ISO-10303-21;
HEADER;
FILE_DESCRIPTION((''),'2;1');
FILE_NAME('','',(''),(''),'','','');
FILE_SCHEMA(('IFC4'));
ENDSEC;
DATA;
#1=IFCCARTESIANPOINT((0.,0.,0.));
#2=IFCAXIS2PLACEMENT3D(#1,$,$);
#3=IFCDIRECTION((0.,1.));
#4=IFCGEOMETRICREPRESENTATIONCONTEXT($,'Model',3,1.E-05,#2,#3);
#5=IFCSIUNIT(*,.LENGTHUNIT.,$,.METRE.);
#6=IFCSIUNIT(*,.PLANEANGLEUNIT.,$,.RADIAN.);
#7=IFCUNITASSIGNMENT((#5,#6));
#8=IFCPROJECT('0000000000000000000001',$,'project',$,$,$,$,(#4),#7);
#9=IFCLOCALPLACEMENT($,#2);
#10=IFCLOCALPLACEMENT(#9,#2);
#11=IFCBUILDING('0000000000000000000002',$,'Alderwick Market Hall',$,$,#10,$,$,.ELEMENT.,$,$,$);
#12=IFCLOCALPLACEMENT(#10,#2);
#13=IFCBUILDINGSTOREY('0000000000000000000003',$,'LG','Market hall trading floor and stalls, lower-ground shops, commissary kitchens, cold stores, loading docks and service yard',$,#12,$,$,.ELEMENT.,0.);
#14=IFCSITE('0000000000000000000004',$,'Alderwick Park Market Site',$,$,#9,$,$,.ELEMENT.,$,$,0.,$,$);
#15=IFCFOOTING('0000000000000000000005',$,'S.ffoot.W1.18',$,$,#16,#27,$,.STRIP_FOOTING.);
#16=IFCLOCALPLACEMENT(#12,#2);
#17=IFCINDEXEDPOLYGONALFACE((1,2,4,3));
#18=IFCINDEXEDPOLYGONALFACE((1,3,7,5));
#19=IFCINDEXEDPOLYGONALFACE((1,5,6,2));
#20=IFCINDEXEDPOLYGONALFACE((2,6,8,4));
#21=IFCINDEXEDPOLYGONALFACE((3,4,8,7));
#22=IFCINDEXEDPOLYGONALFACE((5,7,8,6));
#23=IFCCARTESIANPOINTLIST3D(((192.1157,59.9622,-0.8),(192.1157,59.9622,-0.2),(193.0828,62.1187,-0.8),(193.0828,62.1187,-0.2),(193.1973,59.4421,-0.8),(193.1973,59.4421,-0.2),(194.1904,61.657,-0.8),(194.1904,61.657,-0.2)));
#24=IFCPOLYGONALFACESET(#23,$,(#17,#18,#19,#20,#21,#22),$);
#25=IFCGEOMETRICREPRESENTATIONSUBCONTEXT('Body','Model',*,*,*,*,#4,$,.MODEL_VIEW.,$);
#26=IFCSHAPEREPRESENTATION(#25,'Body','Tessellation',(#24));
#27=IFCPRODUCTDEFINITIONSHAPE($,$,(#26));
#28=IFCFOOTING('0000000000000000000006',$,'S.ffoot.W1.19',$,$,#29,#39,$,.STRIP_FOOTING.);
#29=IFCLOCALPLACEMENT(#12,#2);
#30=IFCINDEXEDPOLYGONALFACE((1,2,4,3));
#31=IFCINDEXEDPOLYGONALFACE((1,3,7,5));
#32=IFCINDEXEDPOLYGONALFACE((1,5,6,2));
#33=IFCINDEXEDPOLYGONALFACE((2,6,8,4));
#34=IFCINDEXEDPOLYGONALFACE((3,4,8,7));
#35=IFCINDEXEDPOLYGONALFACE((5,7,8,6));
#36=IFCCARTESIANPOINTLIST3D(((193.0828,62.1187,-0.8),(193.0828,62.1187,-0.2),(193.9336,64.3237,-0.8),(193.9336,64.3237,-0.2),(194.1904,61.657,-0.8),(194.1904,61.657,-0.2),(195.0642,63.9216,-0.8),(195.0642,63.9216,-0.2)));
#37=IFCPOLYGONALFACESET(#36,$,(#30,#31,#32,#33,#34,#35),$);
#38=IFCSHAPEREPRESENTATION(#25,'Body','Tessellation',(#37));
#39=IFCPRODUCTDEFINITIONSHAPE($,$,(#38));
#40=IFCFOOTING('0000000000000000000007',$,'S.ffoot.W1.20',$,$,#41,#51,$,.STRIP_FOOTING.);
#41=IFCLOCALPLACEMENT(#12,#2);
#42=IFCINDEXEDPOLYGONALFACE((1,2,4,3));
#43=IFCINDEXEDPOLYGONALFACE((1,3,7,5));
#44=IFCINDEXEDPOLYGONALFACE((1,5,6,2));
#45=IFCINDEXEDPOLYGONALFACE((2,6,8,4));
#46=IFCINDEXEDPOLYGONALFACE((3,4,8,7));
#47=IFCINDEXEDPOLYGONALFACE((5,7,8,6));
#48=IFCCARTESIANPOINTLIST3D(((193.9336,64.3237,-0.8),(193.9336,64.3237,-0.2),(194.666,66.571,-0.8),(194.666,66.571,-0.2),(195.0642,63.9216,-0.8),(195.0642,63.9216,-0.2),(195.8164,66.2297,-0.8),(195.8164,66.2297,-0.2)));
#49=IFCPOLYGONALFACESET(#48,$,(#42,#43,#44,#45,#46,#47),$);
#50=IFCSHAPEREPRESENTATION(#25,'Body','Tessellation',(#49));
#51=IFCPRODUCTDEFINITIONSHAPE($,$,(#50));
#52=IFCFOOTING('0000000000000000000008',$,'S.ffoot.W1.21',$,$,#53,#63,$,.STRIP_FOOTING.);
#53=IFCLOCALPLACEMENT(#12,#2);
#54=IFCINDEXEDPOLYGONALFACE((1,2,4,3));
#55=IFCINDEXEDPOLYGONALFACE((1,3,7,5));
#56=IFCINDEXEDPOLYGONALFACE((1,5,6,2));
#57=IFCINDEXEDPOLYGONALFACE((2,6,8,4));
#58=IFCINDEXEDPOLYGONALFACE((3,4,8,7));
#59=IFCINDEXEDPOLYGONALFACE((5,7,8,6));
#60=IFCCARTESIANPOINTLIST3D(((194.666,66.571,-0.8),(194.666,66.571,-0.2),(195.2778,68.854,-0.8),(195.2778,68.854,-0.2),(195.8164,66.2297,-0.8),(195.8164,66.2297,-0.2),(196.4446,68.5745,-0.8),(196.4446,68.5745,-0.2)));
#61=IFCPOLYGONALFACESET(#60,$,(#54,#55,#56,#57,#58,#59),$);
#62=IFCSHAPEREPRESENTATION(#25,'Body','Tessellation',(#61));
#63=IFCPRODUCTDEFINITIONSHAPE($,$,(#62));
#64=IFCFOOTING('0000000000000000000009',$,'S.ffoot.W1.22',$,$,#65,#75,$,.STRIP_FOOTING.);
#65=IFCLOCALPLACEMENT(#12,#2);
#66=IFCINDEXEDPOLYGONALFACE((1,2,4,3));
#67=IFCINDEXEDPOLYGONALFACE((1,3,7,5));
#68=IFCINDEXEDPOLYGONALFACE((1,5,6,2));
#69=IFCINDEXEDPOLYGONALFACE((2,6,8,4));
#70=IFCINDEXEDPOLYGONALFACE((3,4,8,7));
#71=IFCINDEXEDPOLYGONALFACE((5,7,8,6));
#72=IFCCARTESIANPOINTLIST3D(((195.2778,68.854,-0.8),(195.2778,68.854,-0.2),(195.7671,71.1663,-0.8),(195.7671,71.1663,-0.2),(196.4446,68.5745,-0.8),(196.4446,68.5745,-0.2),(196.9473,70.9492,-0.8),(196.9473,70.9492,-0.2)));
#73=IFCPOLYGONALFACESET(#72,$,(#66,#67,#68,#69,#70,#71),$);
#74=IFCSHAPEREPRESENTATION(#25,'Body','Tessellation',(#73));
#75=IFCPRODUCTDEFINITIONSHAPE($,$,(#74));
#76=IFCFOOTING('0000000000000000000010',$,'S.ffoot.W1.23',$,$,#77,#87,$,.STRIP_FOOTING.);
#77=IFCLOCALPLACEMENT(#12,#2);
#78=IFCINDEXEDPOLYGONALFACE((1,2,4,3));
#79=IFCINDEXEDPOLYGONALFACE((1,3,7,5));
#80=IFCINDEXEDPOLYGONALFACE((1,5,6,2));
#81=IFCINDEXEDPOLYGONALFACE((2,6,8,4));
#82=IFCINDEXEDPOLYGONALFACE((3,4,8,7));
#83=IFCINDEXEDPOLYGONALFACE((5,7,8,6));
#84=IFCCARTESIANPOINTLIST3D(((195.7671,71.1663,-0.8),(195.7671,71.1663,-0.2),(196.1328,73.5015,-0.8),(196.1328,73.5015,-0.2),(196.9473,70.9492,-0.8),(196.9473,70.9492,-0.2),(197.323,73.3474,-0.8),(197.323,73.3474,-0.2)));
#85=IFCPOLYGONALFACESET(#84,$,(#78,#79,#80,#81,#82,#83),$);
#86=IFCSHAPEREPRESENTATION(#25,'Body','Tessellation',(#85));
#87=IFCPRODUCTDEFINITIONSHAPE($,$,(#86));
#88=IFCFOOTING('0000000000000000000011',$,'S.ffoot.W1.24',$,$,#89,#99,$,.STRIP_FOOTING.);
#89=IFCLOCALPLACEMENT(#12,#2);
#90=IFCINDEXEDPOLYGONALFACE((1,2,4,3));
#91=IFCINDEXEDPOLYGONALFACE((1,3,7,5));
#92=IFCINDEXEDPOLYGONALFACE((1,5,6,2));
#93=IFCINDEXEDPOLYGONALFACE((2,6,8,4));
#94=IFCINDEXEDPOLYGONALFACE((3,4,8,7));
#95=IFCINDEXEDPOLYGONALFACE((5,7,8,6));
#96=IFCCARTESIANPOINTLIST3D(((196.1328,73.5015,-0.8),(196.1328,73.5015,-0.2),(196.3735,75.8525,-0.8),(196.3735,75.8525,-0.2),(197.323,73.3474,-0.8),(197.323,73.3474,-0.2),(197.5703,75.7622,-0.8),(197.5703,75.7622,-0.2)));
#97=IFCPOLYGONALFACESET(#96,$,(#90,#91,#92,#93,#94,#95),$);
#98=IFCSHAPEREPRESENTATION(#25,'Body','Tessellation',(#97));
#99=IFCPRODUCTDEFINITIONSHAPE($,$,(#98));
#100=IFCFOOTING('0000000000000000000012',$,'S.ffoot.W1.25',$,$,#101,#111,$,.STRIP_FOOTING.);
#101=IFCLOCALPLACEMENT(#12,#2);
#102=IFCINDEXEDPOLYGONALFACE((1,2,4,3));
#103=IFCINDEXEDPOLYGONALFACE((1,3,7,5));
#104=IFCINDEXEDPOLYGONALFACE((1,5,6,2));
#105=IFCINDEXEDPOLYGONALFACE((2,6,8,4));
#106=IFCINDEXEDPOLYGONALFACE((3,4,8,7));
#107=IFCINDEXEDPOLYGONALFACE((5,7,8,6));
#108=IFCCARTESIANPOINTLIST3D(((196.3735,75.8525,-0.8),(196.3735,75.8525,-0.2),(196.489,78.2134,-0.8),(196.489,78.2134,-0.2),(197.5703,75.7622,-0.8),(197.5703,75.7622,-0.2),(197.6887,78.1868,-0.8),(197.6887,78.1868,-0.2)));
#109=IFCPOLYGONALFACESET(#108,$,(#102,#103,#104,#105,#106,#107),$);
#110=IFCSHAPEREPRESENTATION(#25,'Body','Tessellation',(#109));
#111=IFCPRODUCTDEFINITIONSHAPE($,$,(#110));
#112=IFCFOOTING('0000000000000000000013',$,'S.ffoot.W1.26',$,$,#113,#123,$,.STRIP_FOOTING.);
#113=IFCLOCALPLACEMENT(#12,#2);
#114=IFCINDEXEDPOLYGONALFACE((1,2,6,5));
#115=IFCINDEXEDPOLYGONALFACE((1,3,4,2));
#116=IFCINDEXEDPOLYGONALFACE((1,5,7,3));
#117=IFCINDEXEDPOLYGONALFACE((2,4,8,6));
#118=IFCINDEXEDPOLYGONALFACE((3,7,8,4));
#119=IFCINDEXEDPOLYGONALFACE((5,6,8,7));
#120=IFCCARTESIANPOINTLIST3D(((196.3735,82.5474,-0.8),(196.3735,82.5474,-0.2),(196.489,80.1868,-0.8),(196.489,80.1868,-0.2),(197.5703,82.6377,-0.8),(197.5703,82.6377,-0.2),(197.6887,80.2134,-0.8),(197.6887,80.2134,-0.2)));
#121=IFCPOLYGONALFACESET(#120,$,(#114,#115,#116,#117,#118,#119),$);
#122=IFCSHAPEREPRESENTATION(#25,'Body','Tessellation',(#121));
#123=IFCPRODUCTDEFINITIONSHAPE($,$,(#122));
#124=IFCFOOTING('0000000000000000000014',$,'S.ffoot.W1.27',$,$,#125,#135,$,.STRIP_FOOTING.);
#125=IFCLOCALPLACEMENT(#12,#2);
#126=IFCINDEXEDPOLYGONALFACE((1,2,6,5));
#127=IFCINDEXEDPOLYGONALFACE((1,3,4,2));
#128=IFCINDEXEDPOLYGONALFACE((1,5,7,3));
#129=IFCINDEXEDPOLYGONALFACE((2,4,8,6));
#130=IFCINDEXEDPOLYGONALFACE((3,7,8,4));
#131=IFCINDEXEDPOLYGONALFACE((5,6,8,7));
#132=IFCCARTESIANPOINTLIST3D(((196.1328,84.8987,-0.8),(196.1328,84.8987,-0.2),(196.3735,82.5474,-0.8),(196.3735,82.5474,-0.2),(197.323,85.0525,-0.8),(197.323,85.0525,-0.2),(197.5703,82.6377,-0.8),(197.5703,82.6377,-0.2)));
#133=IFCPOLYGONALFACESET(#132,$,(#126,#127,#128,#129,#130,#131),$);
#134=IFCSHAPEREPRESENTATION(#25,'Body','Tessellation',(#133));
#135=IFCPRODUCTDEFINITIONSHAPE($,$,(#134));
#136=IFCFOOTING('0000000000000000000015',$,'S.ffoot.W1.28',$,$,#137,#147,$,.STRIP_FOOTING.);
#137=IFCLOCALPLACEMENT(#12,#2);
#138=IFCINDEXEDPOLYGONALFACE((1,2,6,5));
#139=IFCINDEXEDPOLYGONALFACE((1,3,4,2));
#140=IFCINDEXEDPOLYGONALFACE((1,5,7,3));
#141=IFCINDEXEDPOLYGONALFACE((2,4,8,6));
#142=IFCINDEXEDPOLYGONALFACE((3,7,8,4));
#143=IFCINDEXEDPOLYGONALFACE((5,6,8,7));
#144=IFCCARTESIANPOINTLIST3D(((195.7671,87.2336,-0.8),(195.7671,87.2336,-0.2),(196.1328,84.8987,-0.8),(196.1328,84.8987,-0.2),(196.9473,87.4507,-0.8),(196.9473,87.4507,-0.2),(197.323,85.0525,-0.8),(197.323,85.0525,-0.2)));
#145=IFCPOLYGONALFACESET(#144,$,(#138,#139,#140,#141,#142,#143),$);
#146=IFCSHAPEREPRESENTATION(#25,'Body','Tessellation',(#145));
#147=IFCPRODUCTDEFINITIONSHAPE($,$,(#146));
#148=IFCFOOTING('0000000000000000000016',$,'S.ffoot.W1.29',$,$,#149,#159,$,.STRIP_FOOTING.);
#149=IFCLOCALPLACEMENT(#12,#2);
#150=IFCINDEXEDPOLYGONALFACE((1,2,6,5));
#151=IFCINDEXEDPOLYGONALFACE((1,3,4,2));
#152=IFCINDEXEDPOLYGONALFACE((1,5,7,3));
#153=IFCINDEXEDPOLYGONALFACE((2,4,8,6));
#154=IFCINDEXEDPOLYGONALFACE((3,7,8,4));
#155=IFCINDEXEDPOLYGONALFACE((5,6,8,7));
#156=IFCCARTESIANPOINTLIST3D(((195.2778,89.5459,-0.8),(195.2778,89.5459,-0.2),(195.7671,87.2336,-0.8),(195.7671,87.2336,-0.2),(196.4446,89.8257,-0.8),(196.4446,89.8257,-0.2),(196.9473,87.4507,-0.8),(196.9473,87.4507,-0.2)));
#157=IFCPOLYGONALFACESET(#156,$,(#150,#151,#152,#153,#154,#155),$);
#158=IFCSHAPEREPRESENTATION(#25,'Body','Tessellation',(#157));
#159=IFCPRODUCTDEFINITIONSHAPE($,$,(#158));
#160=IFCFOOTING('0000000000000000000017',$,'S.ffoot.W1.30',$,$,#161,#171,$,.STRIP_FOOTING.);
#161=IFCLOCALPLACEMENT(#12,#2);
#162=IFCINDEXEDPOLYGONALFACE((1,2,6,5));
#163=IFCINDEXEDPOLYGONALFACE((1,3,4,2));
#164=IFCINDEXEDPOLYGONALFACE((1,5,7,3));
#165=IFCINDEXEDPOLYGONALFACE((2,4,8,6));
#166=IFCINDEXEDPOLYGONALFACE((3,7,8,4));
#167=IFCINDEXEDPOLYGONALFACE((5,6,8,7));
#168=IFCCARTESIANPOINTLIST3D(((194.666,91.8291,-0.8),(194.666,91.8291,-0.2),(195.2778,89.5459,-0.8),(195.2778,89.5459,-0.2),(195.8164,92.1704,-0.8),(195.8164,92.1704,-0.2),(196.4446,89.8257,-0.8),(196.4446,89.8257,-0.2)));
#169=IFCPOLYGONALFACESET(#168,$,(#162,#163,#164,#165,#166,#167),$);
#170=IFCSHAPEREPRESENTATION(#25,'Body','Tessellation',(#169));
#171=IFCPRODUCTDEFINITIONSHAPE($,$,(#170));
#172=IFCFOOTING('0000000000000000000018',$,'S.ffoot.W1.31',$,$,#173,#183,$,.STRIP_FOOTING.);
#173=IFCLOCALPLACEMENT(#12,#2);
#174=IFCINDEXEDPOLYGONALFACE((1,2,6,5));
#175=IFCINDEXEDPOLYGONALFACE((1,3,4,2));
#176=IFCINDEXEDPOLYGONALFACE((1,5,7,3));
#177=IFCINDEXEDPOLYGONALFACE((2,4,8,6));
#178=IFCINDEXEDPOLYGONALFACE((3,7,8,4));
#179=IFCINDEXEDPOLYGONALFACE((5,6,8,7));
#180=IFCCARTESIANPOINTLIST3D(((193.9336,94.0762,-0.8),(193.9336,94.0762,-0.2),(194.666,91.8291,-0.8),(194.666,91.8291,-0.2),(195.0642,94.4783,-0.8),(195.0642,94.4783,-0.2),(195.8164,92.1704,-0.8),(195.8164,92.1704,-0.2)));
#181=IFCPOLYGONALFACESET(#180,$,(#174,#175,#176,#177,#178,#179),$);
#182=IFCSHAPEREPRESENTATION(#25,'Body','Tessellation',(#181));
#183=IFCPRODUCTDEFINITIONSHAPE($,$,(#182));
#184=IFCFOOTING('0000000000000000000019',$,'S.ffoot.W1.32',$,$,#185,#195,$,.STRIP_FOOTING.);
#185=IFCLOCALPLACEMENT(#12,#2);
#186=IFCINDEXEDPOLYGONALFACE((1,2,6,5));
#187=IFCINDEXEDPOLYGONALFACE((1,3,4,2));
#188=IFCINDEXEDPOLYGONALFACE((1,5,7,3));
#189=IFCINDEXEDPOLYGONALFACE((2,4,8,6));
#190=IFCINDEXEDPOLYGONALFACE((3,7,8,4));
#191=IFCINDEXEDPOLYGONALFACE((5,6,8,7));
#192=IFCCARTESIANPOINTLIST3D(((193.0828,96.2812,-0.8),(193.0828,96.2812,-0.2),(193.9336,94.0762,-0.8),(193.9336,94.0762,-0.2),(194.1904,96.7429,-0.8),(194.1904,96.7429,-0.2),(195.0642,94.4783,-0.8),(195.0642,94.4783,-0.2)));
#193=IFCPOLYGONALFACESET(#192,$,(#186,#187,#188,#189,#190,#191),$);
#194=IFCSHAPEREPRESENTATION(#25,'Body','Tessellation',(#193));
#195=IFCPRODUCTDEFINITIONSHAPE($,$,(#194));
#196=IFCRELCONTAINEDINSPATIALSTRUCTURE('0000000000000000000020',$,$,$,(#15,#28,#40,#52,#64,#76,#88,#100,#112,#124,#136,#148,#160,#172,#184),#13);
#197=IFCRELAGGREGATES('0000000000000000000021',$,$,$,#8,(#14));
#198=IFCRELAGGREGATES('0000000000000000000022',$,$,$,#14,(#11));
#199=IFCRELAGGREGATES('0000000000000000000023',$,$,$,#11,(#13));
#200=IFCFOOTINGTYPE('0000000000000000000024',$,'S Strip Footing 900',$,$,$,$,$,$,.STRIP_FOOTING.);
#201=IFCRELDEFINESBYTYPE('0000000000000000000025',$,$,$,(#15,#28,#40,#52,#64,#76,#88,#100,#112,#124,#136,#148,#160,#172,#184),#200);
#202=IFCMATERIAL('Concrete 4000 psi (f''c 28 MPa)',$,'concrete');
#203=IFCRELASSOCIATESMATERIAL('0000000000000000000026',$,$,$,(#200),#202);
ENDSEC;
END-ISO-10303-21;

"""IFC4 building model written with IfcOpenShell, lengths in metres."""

from ifc_helpers import new_model, si_unit, direction, frame, origin, place, context, subcontext, project, spatial, polyline, outline, extrude, material, type_object, element, save


model = new_model("IFC4")

# Units and contexts
model_context = context("Model", 3, precision=1e-05, world=origin(), true_north=direction((0.0, 1.0)))
body_context = subcontext(model_context, "Body", "Model", "MODEL_VIEW")
ifc_project = project(units=[si_unit("LENGTHUNIT", "METRE"), si_unit("PLANEANGLEUNIT", "RADIAN")], contexts=[model_context])

# Site, building, storey
site_placement = place(None, origin())
site = spatial("IfcSite", under=ifc_project, at=site_placement, Name="Alderwick Park Market Site", CompositionType="ELEMENT", RefElevation=0.0)
building_placement = place(site_placement, origin())
building = spatial("IfcBuilding", under=site, at=building_placement, Name="Alderwick Market Hall", CompositionType="ELEMENT")
storey_placement = place(building_placement, origin())
storey = spatial("IfcBuildingStorey", under=building, at=storey_placement, Name="LG", Description="Market hall trading floor and stalls, lower-ground shops, commissary kitchens, cold stores, loading docks and service yard", CompositionType="ELEMENT", Elevation=0.0)

# Footings
ifc_material = material(Name="Concrete 4000 psi (f'c 28 MPa)", Category="concrete")
footing_type = type_object("IfcFootingType", Name="S Strip Footing 900", PredefinedType="STRIP_FOOTING", material=ifc_material)
footing_1_placement = place(storey_placement, frame((0.0, 0.0, -0.8)))
element("IfcFooting", 1, at=footing_1_placement, inside=storey, type_object=footing_type, Name="S.ffoot.W1.18", PredefinedType="STRIP_FOOTING", context=body_context, shape_type="SweptSolid", body=[
    extrude(outline(polyline([(193.1973, 59.4421), (194.1904, 61.657), (193.0828, 62.1187), (192.1157, 59.9622), (193.1973, 59.4421)])), origin(), (0.0, 0.0, 1.0), 0.6001),
])
footing_2_placement = place(storey_placement, frame((0.0, 0.0, -0.8)))
element("IfcFooting", 2, at=footing_2_placement, inside=storey, type_object=footing_type, Name="S.ffoot.W1.19", PredefinedType="STRIP_FOOTING", context=body_context, shape_type="SweptSolid", body=[
    extrude(outline(polyline([(194.1904, 61.657), (195.0642, 63.9216), (193.9336, 64.3237), (193.0828, 62.1187), (194.1904, 61.657)])), origin(), (0.0, 0.0, 1.0), 0.6001),
])
footing_3_placement = place(storey_placement, frame((0.0, 0.0, -0.8)))
element("IfcFooting", 3, at=footing_3_placement, inside=storey, type_object=footing_type, Name="S.ffoot.W1.20", PredefinedType="STRIP_FOOTING", context=body_context, shape_type="SweptSolid", body=[
    extrude(outline(polyline([(195.0642, 63.9216), (195.8164, 66.2297), (194.666, 66.571), (193.9336, 64.3237), (195.0642, 63.9216)])), origin(), (0.0, 0.0, 1.0), 0.6001),
])
footing_4_placement = place(storey_placement, frame((0.0, 0.0, -0.8)))
element("IfcFooting", 4, at=footing_4_placement, inside=storey, type_object=footing_type, Name="S.ffoot.W1.21", PredefinedType="STRIP_FOOTING", context=body_context, shape_type="SweptSolid", body=[
    extrude(outline(polyline([(195.8164, 66.2297), (196.4446, 68.5745), (195.2778, 68.854), (194.666, 66.571), (195.8164, 66.2297)])), origin(), (0.0, 0.0, 1.0), 0.6001),
])
footing_5_placement = place(storey_placement, frame((0.0, 0.0, -0.8)))
element("IfcFooting", 5, at=footing_5_placement, inside=storey, type_object=footing_type, Name="S.ffoot.W1.22", PredefinedType="STRIP_FOOTING", context=body_context, shape_type="SweptSolid", body=[
    extrude(outline(polyline([(196.4446, 68.5745), (196.9473, 70.9492), (195.7671, 71.1663), (195.2778, 68.854), (196.4446, 68.5745)])), origin(), (0.0, 0.0, 1.0), 0.6001),
])
footing_6_placement = place(storey_placement, frame((0.0, 0.0, -0.8)))
element("IfcFooting", 6, at=footing_6_placement, inside=storey, type_object=footing_type, Name="S.ffoot.W1.23", PredefinedType="STRIP_FOOTING", context=body_context, shape_type="SweptSolid", body=[
    extrude(outline(polyline([(196.9473, 70.9492), (197.323, 73.3474), (196.1328, 73.5015), (195.7671, 71.1663), (196.9473, 70.9492)])), origin(), (0.0, 0.0, 1.0), 0.6001),
])
footing_7_placement = place(storey_placement, frame((0.0, 0.0, -0.8)))
element("IfcFooting", 7, at=footing_7_placement, inside=storey, type_object=footing_type, Name="S.ffoot.W1.24", PredefinedType="STRIP_FOOTING", context=body_context, shape_type="SweptSolid", body=[
    extrude(outline(polyline([(197.323, 73.3474), (197.5703, 75.7622), (196.3735, 75.8525), (196.1328, 73.5015), (197.323, 73.3474)])), origin(), (0.0, 0.0, 1.0), 0.6001),
])
footing_8_placement = place(storey_placement, frame((0.0, 0.0, -0.8)))
element("IfcFooting", 8, at=footing_8_placement, inside=storey, type_object=footing_type, Name="S.ffoot.W1.25", PredefinedType="STRIP_FOOTING", context=body_context, shape_type="SweptSolid", body=[
    extrude(outline(polyline([(197.5703, 75.7622), (197.6887, 78.1868), (196.489, 78.2134), (196.3735, 75.8525), (197.5703, 75.7622)])), origin(), (0.0, 0.0, 1.0), 0.6001),
])
footing_9_placement = place(storey_placement, frame((0.0, 0.0, -0.8)))
element("IfcFooting", 9, at=footing_9_placement, inside=storey, type_object=footing_type, Name="S.ffoot.W1.26", PredefinedType="STRIP_FOOTING", context=body_context, shape_type="SweptSolid", body=[
    extrude(outline(polyline([(197.6887, 80.2134), (197.5703, 82.6377), (196.3735, 82.5474), (196.489, 80.1868), (197.6887, 80.2134)])), origin(), (0.0, 0.0, 1.0), 0.6001),
])
footing_10_placement = place(storey_placement, frame((0.0, 0.0, -0.8)))
element("IfcFooting", 10, at=footing_10_placement, inside=storey, type_object=footing_type, Name="S.ffoot.W1.27", PredefinedType="STRIP_FOOTING", context=body_context, shape_type="SweptSolid", body=[
    extrude(outline(polyline([(197.5703, 82.6377), (197.323, 85.0525), (196.1328, 84.8987), (196.3735, 82.5474), (197.5703, 82.6377)])), origin(), (0.0, 0.0, 1.0), 0.6001),
])
footing_11_placement = place(storey_placement, frame((0.0, 0.0, -0.8)))
element("IfcFooting", 11, at=footing_11_placement, inside=storey, type_object=footing_type, Name="S.ffoot.W1.28", PredefinedType="STRIP_FOOTING", context=body_context, shape_type="SweptSolid", body=[
    extrude(outline(polyline([(197.323, 85.0525), (196.9473, 87.4507), (195.7671, 87.2336), (196.1328, 84.8987), (197.323, 85.0525)])), origin(), (0.0, 0.0, 1.0), 0.6001),
])
footing_12_placement = place(storey_placement, frame((0.0, 0.0, -0.8)))
element("IfcFooting", 12, at=footing_12_placement, inside=storey, type_object=footing_type, Name="S.ffoot.W1.29", PredefinedType="STRIP_FOOTING", context=body_context, shape_type="SweptSolid", body=[
    extrude(outline(polyline([(196.9473, 87.4507), (196.4446, 89.8257), (195.2778, 89.5459), (195.7671, 87.2336), (196.9473, 87.4507)])), origin(), (0.0, 0.0, 1.0), 0.6001),
])
footing_13_placement = place(storey_placement, frame((0.0, 0.0, -0.8)))
element("IfcFooting", 13, at=footing_13_placement, inside=storey, type_object=footing_type, Name="S.ffoot.W1.30", PredefinedType="STRIP_FOOTING", context=body_context, shape_type="SweptSolid", body=[
    extrude(outline(polyline([(196.4446, 89.8257), (195.8164, 92.1704), (194.666, 91.8291), (195.2778, 89.5459), (196.4446, 89.8257)])), origin(), (0.0, 0.0, 1.0), 0.6001),
])
footing_14_placement = place(storey_placement, frame((0.0, 0.0, -0.8)))
element("IfcFooting", 14, at=footing_14_placement, inside=storey, type_object=footing_type, Name="S.ffoot.W1.31", PredefinedType="STRIP_FOOTING", context=body_context, shape_type="SweptSolid", body=[
    extrude(outline(polyline([(195.8164, 92.1704), (195.0642, 94.4783), (193.9336, 94.0762), (194.666, 91.8291), (195.8164, 92.1704)])), origin(), (0.0, 0.0, 1.0), 0.6001),
])
footing_15_placement = place(storey_placement, frame((0.0, 0.0, -0.8)))
element("IfcFooting", 15, at=footing_15_placement, inside=storey, type_object=footing_type, Name="S.ffoot.W1.32", PredefinedType="STRIP_FOOTING", context=body_context, shape_type="SweptSolid", body=[
    extrude(outline(polyline([(195.0642, 94.4783), (194.1904, 96.7429), (193.0828, 96.2812), (193.9336, 94.0762), (195.0642, 94.4783)])), origin(), (0.0, 0.0, 1.0), 0.6001),
])

save(model, "model.ifc")
